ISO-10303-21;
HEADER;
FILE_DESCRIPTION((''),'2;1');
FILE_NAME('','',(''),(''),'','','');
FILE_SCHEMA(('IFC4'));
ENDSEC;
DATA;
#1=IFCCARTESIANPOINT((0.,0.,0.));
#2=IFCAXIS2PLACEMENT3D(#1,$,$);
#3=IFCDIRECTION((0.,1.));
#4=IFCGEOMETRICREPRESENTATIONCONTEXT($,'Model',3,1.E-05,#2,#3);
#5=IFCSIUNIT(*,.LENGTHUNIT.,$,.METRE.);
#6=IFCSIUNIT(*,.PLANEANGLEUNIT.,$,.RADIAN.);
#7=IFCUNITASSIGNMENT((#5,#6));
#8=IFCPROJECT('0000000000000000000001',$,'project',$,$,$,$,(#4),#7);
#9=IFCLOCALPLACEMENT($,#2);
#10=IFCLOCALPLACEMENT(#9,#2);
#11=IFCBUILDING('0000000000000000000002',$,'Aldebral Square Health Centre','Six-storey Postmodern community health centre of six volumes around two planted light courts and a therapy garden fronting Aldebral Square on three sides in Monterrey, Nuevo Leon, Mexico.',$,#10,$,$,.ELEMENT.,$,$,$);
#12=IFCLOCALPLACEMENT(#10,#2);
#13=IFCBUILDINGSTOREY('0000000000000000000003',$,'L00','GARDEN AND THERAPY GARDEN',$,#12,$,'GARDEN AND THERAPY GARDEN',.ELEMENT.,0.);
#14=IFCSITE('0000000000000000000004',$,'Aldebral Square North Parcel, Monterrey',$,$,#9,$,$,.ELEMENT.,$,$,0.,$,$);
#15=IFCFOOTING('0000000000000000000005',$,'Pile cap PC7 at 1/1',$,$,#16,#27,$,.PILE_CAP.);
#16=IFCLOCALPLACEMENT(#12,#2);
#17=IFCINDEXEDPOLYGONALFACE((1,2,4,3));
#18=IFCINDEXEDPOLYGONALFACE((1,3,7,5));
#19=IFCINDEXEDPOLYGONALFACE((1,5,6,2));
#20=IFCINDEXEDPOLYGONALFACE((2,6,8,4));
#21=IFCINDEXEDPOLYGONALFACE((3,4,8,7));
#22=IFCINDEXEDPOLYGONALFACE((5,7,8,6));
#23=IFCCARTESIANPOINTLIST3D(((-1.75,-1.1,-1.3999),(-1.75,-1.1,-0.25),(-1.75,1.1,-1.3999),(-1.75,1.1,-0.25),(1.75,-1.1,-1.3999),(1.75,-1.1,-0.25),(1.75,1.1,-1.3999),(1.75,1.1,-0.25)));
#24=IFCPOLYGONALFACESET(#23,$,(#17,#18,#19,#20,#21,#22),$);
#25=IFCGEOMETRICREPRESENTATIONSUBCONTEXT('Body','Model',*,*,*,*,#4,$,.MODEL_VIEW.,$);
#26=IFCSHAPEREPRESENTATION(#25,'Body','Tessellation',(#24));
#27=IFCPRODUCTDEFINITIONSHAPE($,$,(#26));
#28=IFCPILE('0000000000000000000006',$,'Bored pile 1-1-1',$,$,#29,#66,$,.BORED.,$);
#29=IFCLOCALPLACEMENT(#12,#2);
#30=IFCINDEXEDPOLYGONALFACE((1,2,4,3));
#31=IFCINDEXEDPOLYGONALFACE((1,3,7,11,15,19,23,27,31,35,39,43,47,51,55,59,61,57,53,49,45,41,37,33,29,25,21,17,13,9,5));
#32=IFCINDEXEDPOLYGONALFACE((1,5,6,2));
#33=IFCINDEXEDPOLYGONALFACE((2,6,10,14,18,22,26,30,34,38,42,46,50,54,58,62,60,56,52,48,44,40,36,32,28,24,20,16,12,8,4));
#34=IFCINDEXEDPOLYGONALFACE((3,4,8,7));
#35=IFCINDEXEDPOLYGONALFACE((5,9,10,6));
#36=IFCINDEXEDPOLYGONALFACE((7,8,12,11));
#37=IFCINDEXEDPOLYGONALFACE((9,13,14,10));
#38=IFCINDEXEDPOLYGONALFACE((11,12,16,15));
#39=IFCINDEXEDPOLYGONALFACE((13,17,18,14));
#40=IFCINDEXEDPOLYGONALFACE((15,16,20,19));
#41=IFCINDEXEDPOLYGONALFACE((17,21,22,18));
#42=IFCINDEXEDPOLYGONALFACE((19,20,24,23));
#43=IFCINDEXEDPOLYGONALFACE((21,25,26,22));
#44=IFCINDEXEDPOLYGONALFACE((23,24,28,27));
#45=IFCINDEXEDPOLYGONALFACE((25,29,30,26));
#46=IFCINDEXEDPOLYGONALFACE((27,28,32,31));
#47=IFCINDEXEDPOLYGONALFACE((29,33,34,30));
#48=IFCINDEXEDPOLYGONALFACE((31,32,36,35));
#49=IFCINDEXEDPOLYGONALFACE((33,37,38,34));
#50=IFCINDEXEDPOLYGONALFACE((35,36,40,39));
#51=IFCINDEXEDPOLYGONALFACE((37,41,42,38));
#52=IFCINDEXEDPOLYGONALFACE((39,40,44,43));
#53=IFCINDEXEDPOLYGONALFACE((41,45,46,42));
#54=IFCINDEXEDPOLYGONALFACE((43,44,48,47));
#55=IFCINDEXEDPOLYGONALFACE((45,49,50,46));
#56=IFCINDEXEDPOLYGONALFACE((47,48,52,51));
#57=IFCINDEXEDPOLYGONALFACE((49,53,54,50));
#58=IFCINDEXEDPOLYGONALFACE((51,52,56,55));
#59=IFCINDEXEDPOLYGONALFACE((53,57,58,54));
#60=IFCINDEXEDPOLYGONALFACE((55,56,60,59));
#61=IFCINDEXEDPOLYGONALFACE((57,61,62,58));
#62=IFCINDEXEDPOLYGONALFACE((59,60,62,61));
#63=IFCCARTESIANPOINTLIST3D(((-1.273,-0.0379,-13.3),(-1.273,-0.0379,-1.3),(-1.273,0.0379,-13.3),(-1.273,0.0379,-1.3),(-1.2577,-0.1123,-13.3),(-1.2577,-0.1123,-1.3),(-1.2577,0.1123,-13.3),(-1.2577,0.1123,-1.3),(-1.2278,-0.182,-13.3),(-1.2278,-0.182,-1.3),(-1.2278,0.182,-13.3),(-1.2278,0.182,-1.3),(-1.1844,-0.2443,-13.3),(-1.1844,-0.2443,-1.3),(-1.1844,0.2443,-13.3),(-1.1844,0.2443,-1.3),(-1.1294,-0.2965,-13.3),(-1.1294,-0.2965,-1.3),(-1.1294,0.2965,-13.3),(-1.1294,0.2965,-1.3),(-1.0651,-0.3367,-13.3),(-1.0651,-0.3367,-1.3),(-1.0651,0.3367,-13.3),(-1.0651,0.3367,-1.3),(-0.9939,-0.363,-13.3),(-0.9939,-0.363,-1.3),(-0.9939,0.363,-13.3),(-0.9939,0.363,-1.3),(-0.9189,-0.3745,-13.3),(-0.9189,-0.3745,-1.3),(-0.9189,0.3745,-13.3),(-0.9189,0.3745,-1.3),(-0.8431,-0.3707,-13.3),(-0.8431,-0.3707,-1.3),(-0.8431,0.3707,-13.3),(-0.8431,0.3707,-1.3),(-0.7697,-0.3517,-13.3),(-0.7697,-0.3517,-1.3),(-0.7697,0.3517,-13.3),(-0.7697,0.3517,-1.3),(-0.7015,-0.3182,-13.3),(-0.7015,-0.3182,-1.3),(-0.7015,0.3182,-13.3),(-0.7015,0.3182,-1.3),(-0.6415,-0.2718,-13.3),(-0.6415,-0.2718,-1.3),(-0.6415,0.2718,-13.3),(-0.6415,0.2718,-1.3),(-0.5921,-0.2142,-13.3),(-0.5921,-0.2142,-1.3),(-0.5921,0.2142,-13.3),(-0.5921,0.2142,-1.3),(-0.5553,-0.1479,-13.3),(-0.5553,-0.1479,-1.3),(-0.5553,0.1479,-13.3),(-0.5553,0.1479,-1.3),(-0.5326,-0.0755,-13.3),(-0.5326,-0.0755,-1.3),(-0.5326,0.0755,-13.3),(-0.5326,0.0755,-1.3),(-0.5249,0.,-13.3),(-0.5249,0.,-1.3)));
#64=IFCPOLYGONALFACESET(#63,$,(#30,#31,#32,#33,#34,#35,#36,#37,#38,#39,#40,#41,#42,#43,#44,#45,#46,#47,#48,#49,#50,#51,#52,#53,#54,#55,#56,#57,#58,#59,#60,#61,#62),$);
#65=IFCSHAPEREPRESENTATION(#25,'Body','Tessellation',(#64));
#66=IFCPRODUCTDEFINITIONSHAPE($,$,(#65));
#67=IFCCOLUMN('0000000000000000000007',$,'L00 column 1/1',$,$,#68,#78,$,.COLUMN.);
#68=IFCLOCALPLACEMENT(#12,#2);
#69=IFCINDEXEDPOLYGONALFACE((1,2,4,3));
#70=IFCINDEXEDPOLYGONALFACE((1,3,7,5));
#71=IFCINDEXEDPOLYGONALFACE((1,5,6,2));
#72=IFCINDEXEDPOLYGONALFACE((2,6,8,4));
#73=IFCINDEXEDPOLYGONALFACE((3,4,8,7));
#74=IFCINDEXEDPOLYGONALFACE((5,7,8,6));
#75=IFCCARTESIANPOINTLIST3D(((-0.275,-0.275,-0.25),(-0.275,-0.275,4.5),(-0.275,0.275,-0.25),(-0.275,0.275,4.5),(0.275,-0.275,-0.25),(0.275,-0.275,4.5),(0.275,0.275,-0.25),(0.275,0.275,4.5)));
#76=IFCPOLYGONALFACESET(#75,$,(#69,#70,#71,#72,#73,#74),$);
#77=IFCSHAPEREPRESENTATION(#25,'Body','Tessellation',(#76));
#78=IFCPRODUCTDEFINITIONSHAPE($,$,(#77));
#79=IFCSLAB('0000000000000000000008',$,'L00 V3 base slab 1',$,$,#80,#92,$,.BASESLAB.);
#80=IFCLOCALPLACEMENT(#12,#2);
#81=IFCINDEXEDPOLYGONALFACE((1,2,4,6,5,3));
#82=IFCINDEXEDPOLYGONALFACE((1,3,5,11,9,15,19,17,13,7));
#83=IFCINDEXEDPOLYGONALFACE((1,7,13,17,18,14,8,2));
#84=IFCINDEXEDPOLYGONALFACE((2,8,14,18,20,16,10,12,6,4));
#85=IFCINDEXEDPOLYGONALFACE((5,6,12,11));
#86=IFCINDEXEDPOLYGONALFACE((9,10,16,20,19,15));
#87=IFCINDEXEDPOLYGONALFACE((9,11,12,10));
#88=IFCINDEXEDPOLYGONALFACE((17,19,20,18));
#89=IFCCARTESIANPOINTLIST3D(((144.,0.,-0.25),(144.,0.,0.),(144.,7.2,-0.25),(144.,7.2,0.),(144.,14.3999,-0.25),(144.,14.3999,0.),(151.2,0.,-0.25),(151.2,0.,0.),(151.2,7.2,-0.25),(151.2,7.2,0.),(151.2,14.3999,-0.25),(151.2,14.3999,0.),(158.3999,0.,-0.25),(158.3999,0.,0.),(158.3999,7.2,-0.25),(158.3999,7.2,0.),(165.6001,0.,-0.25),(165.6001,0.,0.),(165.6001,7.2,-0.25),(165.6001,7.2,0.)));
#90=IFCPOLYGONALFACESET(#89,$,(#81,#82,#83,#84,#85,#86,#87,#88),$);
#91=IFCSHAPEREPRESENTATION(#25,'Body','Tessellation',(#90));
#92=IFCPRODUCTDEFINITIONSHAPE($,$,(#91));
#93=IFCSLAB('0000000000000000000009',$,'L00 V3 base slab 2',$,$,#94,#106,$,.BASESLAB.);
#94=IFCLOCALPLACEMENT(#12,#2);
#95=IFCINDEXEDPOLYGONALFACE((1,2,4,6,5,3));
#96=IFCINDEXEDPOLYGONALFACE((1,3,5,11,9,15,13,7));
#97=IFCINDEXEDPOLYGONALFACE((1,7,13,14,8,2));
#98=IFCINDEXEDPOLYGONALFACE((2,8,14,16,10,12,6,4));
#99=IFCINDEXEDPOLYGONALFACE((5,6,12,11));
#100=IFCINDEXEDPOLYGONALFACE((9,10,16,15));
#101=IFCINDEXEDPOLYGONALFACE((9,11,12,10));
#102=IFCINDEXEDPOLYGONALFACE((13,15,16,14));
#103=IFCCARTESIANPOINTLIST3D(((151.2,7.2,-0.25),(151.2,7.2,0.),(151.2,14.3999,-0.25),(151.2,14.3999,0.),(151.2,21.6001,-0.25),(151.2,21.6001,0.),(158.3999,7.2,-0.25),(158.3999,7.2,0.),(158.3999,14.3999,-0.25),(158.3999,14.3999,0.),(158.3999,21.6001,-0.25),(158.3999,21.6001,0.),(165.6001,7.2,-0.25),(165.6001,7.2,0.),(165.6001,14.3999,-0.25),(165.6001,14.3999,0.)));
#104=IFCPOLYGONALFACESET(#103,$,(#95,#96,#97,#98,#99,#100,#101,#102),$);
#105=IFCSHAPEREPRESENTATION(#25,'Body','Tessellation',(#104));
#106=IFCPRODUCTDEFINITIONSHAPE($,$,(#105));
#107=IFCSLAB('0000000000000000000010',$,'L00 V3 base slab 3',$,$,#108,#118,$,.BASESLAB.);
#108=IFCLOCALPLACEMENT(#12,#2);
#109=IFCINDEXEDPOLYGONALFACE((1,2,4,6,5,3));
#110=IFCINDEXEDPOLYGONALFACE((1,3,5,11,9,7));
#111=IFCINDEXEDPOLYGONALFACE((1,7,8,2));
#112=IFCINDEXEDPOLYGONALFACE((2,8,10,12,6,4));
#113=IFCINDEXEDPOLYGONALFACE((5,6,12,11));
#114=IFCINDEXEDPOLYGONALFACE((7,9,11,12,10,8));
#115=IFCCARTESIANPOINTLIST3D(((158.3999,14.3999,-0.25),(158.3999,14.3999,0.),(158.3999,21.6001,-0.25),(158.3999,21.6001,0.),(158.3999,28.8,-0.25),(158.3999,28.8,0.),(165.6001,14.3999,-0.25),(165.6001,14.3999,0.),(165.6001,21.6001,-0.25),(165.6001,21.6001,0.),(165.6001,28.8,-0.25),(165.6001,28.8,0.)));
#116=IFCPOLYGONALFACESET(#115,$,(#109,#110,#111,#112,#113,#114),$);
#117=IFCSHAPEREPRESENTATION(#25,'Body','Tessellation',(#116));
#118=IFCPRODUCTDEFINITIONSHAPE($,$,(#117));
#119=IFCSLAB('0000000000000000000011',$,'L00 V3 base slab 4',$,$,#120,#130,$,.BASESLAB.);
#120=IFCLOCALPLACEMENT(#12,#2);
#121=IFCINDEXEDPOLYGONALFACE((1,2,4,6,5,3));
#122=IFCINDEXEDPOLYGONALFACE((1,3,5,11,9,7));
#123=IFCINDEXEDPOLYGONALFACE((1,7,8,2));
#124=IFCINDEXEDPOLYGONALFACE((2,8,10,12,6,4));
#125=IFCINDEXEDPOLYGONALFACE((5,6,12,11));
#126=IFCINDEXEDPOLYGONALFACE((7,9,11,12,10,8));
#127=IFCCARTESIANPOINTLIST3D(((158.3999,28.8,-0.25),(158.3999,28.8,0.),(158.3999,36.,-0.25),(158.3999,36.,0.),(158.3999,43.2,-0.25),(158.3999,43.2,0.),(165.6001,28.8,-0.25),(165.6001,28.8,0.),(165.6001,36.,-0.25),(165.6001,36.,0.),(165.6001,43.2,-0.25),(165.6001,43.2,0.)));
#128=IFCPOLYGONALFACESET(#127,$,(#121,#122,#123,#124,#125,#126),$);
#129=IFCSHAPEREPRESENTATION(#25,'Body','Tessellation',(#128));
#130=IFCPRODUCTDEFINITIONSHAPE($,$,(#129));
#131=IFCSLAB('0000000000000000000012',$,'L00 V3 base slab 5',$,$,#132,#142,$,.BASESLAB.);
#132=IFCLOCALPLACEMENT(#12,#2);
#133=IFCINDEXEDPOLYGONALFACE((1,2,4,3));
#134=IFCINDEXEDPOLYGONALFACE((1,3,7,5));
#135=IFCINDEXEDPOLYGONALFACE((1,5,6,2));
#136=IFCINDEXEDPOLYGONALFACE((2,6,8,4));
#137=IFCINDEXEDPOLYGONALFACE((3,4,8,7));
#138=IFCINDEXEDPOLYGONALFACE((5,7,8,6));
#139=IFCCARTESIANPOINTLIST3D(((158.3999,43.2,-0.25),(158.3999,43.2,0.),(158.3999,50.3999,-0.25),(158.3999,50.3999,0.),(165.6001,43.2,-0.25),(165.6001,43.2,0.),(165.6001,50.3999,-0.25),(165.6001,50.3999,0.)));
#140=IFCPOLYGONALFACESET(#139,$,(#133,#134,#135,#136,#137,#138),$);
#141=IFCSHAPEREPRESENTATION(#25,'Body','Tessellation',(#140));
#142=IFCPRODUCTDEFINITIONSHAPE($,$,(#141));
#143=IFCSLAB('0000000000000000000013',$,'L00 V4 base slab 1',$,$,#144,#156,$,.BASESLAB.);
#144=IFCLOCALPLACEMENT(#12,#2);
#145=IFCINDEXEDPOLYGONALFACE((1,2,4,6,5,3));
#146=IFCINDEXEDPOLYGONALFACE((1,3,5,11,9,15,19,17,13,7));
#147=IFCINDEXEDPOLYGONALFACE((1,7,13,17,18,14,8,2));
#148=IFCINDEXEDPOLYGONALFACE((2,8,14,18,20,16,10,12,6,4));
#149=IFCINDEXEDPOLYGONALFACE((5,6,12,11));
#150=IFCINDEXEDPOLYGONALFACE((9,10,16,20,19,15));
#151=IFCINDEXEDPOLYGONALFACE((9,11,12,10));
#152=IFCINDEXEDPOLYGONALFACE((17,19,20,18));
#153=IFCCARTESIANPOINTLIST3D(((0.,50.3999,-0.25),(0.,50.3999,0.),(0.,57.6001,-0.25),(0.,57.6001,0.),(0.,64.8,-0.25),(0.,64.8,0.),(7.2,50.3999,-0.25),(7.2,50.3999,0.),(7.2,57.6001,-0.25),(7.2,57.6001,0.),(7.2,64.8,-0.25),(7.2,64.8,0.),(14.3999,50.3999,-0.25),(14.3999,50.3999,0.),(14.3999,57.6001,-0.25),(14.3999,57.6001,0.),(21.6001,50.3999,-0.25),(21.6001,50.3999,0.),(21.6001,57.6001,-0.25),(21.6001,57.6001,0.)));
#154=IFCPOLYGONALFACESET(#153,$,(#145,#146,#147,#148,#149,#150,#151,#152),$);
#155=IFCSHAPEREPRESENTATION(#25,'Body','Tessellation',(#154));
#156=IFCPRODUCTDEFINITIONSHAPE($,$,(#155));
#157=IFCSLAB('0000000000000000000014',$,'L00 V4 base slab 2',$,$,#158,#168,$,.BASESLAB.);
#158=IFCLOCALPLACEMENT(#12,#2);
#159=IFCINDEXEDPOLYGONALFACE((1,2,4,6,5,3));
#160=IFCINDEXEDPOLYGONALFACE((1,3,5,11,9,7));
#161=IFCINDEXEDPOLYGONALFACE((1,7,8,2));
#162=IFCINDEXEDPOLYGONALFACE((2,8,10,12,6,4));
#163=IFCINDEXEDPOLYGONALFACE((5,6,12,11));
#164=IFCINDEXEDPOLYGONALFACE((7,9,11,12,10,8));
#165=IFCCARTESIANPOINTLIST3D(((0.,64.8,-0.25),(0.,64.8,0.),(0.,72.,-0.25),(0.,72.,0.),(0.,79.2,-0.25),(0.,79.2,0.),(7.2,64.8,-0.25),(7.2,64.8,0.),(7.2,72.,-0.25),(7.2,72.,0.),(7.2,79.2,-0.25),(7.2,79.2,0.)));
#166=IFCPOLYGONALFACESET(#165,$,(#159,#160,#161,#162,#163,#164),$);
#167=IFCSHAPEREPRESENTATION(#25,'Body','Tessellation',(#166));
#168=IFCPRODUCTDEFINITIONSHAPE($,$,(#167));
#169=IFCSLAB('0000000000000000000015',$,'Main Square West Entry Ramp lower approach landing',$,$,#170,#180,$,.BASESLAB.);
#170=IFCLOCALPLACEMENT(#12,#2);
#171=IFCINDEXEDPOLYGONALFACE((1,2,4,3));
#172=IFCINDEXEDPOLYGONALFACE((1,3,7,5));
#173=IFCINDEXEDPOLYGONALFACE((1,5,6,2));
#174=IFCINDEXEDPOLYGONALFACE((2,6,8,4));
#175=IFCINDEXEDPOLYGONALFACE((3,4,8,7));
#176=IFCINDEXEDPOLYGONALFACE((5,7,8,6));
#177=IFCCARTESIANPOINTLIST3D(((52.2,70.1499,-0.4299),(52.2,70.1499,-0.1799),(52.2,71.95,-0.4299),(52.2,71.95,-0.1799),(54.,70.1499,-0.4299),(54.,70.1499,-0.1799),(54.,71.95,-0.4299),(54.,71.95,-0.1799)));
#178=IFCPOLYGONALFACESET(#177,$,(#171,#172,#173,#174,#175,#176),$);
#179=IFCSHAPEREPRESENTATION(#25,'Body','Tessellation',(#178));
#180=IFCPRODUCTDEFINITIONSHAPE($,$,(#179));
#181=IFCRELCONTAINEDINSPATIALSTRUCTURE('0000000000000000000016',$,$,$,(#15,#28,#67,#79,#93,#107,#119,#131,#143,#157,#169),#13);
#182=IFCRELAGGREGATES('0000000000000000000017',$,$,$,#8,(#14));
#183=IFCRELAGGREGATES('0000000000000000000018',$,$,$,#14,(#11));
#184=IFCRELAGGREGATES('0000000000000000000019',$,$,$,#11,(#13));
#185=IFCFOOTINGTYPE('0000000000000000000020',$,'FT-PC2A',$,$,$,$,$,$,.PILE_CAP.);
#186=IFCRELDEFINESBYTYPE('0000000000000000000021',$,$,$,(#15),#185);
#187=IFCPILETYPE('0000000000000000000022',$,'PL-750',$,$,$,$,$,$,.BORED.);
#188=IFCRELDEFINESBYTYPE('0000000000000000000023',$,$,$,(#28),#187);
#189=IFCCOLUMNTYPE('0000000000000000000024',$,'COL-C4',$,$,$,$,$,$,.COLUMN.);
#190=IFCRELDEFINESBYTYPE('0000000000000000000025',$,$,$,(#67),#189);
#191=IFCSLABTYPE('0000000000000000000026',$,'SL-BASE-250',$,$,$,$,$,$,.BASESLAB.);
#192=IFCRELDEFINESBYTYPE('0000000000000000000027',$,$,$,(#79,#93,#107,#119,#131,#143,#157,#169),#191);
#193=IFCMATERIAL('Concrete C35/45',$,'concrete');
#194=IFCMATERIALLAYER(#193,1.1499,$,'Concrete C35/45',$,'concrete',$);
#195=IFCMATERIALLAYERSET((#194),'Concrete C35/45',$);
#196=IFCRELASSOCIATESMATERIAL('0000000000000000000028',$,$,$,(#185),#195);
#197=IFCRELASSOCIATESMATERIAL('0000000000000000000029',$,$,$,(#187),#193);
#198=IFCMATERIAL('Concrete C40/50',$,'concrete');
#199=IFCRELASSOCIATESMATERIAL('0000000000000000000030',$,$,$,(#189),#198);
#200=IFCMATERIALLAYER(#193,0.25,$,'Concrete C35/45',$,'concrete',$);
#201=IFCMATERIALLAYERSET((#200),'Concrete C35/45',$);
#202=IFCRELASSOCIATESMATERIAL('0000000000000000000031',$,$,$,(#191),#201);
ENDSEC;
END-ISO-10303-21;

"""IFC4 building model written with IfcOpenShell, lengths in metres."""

from ifc_helpers import new_model, si_unit, direction, frame, origin, origin_2d, place, context, subcontext, project, spatial, polyline, rectangle, circle, outline, extrude, material, layer, layer_set, material_profile, profile_set, type_object, element, save


model = new_model("IFC4")

# Units and contexts
model_context = context("Model", 3, precision=1e-05, world=origin(), true_north=direction((0.0, 1.0)))
body_context = subcontext(model_context, "Body", "Model", "MODEL_VIEW")
ifc_project = project(units=[si_unit("LENGTHUNIT", "METRE"), si_unit("PLANEANGLEUNIT", "RADIAN")], contexts=[model_context])

# Site, building, storey
site_placement = place(None, origin())
site = spatial("IfcSite", under=ifc_project, at=site_placement, Name="Aldebral Square North Parcel, Monterrey", CompositionType="ELEMENT", RefElevation=0.0)
building_placement = place(site_placement, origin())
building = spatial("IfcBuilding", under=site, at=building_placement, Name="Aldebral Square Health Centre", Description="Six-storey Postmodern community health centre of six volumes around two planted light courts and a therapy garden fronting Aldebral Square on three sides in Monterrey, Nuevo Leon, Mexico.", CompositionType="ELEMENT")
storey_placement = place(building_placement, origin())
storey = spatial("IfcBuildingStorey", under=building, at=storey_placement, Name="L00", Description="GARDEN AND THERAPY GARDEN", LongName="GARDEN AND THERAPY GARDEN", CompositionType="ELEMENT", Elevation=0.0)

# Footing
ifc_material_1 = material(Name="Concrete C35/45", Category="concrete")
ifc_layer_1 = layer(ifc_material_1, 1.1499, Name="Concrete C35/45", Category="concrete")
ifc_layer_set_1 = layer_set([ifc_layer_1], Name="Concrete C35/45")
footing_type = type_object("IfcFootingType", Name="FT-PC2A", PredefinedType="PILE_CAP", material=ifc_layer_set_1)
footing_placement = place(storey_placement, frame((0.0, 0.0, -1.3999), z_axis=(0.0, 0.0, 1.0), x_axis=(1.0, 0.0, 0.0)))
element("IfcFooting", 1, at=footing_placement, inside=storey, type_object=footing_type, Name="Pile cap PC7 at 1/1", PredefinedType="PILE_CAP", context=body_context, shape_type="SweptSolid", body=[
    extrude(rectangle(XDim=3.5, YDim=2.2, at=origin_2d()), origin(), (0.0, 0.0, 1.0), 1.1499),
])

# Pile
ifc_material_profile_1 = material_profile(ifc_material_1, circle(Radius=0.375, at=origin_2d()), Name="PILE D750")
ifc_profile_set_1 = profile_set([ifc_material_profile_1], Name="Concrete C35/45")
pile_type = type_object("IfcPileType", Name="PL-750", PredefinedType="BORED", material=ifc_profile_set_1)
pile_placement = place(storey_placement, frame((-0.8999, 0.0, -1.3), z_axis=(0.0, 0.0, -1.0), x_axis=(1.0, 0.0, 0.0)))
element("IfcPile", 2, at=pile_placement, inside=storey, type_object=pile_type, Name="Bored pile 1-1-1", PredefinedType="BORED", context=body_context, shape_type="SweptSolid", body=[
    extrude(circle(Radius=0.375, at=origin_2d()), origin(), (0.0, 0.0, 1.0), 12.0),
])

# Column
ifc_material_2 = material(Name="Concrete C40/50", Category="concrete")
ifc_material_profile_2 = material_profile(ifc_material_2, rectangle(XDim=0.55, YDim=0.55, at=origin_2d()), Name="RC 550x550")
ifc_profile_set_2 = profile_set([ifc_material_profile_2], Name="Concrete C40/50")
column_type = type_object("IfcColumnType", Name="COL-C4", PredefinedType="COLUMN", material=ifc_profile_set_2)
column_placement = place(storey_placement, frame((0.0, 0.0, -0.25), z_axis=(0.0, 0.0, 1.0), x_axis=(1.0, 0.0, 0.0)))
element("IfcColumn", 3, at=column_placement, inside=storey, type_object=column_type, Name="L00 column 1/1", PredefinedType="COLUMN", context=body_context, shape_type="SweptSolid", body=[
    extrude(rectangle(XDim=0.55, YDim=0.55, at=origin_2d()), origin(), (0.0, 0.0, 1.0), 4.75),
])

# Slabs
ifc_layer_2 = layer(ifc_material_1, 0.25, Name="Concrete C35/45", Category="concrete")
ifc_layer_set_2 = layer_set([ifc_layer_2], Name="Concrete C35/45")
slab_type_1 = type_object("IfcSlabType", Name="SL-BASE-250", PredefinedType="BASESLAB", material=ifc_layer_set_2)
slab_1_placement = place(storey_placement, frame((0.0, 0.0, -0.25)))
element("IfcSlab", 4, at=slab_1_placement, inside=storey, type_object=slab_type_1, Name="L00 V3 base slab 1", PredefinedType="BASESLAB", context=body_context, shape_type="SweptSolid", body=[
    extrude(outline(polyline([(144.0, 7.2), (144.0, 14.3999), (151.2, 14.3999), (151.2, 7.2), (158.3999, 7.2), (165.6001, 7.2), (165.6001, 0.0), (158.3999, 0.0), (151.2, 0.0), (144.0, 0.0), (144.0, 7.2)])), origin(), (0.0, 0.0, 1.0), 0.25),
])
slab_2_placement = place(storey_placement, frame((0.0, 0.0, -0.25)))
element("IfcSlab", 5, at=slab_2_placement, inside=storey, type_object=slab_type_1, Name="L00 V3 base slab 2", PredefinedType="BASESLAB", context=body_context, shape_type="SweptSolid", body=[
    extrude(outline(polyline([(151.2, 7.2), (151.2, 14.3999), (151.2, 21.6001), (158.3999, 21.6001), (158.3999, 14.3999), (165.6001, 14.3999), (165.6001, 7.2), (158.3999, 7.2), (151.2, 7.2)])), origin(), (0.0, 0.0, 1.0), 0.25),
])
slab_3_placement = place(storey_placement, frame((0.0, 0.0, -0.25)))
element("IfcSlab", 6, at=slab_3_placement, inside=storey, type_object=slab_type_1, Name="L00 V3 base slab 3", PredefinedType="BASESLAB", context=body_context, shape_type="SweptSolid", body=[
    extrude(outline(polyline([(165.6001, 14.3999), (158.3999, 14.3999), (158.3999, 21.6001), (158.3999, 28.8), (165.6001, 28.8), (165.6001, 21.6001), (165.6001, 14.3999)])), origin(), (0.0, 0.0, 1.0), 0.25),
])
slab_4_placement = place(storey_placement, frame((0.0, 0.0, -0.25)))
element("IfcSlab", 7, at=slab_4_placement, inside=storey, type_object=slab_type_1, Name="L00 V3 base slab 4", PredefinedType="BASESLAB", context=body_context, shape_type="SweptSolid", body=[
    extrude(outline(polyline([(165.6001, 28.8), (158.3999, 28.8), (158.3999, 36.0), (158.3999, 43.2), (165.6001, 43.2), (165.6001, 36.0), (165.6001, 28.8)])), origin(), (0.0, 0.0, 1.0), 0.25),
])
slab_5_placement = place(storey_placement, frame((0.0, 0.0, -0.25)))
element("IfcSlab", 8, at=slab_5_placement, inside=storey, type_object=slab_type_1, Name="L00 V3 base slab 5", PredefinedType="BASESLAB", context=body_context, shape_type="SweptSolid", body=[
    extrude(outline(polyline([(165.6001, 43.2), (165.6001, 50.3999), (158.3999, 50.3999), (158.3999, 43.2), (165.6001, 43.2)])), origin(), (0.0, 0.0, 1.0), 0.25),
])
slab_6_placement = place(storey_placement, frame((0.0, 0.0, -0.25)))
element("IfcSlab", 9, at=slab_6_placement, inside=storey, type_object=slab_type_1, Name="L00 V4 base slab 1", PredefinedType="BASESLAB", context=body_context, shape_type="SweptSolid", body=[
    extrude(outline(polyline([(0.0, 57.6001), (0.0, 64.8), (7.2, 64.8), (7.2, 57.6001), (14.3999, 57.6001), (21.6001, 57.6001), (21.6001, 50.3999), (14.3999, 50.3999), (7.2, 50.3999), (0.0, 50.3999), (0.0, 57.6001)])), origin(), (0.0, 0.0, 1.0), 0.25),
])
slab_7_placement = place(storey_placement, frame((0.0, 0.0, -0.25)))
element("IfcSlab", 10, at=slab_7_placement, inside=storey, type_object=slab_type_1, Name="L00 V4 base slab 2", PredefinedType="BASESLAB", context=body_context, shape_type="SweptSolid", body=[
    extrude(outline(polyline([(7.2, 64.8), (0.0, 64.8), (0.0, 72.0), (0.0, 79.2), (7.2, 79.2), (7.2, 72.0), (7.2, 64.8)])), origin(), (0.0, 0.0, 1.0), 0.25),
])
slab_8_placement = place(storey_placement, frame((0.0, 0.0, -0.4299)))
element("IfcSlab", 11, at=slab_8_placement, inside=storey, type_object=slab_type_1, Name="Main Square West Entry Ramp lower approach landing", PredefinedType="BASESLAB", context=body_context, shape_type="SweptSolid", body=[
    extrude(outline(polyline([(52.2, 70.1499), (54.0, 70.1499), (54.0, 71.95), (52.2, 71.95), (52.2, 70.1499)])), origin(), (0.0, 0.0, 1.0), 0.25),
])

save(model, "model.ifc")
